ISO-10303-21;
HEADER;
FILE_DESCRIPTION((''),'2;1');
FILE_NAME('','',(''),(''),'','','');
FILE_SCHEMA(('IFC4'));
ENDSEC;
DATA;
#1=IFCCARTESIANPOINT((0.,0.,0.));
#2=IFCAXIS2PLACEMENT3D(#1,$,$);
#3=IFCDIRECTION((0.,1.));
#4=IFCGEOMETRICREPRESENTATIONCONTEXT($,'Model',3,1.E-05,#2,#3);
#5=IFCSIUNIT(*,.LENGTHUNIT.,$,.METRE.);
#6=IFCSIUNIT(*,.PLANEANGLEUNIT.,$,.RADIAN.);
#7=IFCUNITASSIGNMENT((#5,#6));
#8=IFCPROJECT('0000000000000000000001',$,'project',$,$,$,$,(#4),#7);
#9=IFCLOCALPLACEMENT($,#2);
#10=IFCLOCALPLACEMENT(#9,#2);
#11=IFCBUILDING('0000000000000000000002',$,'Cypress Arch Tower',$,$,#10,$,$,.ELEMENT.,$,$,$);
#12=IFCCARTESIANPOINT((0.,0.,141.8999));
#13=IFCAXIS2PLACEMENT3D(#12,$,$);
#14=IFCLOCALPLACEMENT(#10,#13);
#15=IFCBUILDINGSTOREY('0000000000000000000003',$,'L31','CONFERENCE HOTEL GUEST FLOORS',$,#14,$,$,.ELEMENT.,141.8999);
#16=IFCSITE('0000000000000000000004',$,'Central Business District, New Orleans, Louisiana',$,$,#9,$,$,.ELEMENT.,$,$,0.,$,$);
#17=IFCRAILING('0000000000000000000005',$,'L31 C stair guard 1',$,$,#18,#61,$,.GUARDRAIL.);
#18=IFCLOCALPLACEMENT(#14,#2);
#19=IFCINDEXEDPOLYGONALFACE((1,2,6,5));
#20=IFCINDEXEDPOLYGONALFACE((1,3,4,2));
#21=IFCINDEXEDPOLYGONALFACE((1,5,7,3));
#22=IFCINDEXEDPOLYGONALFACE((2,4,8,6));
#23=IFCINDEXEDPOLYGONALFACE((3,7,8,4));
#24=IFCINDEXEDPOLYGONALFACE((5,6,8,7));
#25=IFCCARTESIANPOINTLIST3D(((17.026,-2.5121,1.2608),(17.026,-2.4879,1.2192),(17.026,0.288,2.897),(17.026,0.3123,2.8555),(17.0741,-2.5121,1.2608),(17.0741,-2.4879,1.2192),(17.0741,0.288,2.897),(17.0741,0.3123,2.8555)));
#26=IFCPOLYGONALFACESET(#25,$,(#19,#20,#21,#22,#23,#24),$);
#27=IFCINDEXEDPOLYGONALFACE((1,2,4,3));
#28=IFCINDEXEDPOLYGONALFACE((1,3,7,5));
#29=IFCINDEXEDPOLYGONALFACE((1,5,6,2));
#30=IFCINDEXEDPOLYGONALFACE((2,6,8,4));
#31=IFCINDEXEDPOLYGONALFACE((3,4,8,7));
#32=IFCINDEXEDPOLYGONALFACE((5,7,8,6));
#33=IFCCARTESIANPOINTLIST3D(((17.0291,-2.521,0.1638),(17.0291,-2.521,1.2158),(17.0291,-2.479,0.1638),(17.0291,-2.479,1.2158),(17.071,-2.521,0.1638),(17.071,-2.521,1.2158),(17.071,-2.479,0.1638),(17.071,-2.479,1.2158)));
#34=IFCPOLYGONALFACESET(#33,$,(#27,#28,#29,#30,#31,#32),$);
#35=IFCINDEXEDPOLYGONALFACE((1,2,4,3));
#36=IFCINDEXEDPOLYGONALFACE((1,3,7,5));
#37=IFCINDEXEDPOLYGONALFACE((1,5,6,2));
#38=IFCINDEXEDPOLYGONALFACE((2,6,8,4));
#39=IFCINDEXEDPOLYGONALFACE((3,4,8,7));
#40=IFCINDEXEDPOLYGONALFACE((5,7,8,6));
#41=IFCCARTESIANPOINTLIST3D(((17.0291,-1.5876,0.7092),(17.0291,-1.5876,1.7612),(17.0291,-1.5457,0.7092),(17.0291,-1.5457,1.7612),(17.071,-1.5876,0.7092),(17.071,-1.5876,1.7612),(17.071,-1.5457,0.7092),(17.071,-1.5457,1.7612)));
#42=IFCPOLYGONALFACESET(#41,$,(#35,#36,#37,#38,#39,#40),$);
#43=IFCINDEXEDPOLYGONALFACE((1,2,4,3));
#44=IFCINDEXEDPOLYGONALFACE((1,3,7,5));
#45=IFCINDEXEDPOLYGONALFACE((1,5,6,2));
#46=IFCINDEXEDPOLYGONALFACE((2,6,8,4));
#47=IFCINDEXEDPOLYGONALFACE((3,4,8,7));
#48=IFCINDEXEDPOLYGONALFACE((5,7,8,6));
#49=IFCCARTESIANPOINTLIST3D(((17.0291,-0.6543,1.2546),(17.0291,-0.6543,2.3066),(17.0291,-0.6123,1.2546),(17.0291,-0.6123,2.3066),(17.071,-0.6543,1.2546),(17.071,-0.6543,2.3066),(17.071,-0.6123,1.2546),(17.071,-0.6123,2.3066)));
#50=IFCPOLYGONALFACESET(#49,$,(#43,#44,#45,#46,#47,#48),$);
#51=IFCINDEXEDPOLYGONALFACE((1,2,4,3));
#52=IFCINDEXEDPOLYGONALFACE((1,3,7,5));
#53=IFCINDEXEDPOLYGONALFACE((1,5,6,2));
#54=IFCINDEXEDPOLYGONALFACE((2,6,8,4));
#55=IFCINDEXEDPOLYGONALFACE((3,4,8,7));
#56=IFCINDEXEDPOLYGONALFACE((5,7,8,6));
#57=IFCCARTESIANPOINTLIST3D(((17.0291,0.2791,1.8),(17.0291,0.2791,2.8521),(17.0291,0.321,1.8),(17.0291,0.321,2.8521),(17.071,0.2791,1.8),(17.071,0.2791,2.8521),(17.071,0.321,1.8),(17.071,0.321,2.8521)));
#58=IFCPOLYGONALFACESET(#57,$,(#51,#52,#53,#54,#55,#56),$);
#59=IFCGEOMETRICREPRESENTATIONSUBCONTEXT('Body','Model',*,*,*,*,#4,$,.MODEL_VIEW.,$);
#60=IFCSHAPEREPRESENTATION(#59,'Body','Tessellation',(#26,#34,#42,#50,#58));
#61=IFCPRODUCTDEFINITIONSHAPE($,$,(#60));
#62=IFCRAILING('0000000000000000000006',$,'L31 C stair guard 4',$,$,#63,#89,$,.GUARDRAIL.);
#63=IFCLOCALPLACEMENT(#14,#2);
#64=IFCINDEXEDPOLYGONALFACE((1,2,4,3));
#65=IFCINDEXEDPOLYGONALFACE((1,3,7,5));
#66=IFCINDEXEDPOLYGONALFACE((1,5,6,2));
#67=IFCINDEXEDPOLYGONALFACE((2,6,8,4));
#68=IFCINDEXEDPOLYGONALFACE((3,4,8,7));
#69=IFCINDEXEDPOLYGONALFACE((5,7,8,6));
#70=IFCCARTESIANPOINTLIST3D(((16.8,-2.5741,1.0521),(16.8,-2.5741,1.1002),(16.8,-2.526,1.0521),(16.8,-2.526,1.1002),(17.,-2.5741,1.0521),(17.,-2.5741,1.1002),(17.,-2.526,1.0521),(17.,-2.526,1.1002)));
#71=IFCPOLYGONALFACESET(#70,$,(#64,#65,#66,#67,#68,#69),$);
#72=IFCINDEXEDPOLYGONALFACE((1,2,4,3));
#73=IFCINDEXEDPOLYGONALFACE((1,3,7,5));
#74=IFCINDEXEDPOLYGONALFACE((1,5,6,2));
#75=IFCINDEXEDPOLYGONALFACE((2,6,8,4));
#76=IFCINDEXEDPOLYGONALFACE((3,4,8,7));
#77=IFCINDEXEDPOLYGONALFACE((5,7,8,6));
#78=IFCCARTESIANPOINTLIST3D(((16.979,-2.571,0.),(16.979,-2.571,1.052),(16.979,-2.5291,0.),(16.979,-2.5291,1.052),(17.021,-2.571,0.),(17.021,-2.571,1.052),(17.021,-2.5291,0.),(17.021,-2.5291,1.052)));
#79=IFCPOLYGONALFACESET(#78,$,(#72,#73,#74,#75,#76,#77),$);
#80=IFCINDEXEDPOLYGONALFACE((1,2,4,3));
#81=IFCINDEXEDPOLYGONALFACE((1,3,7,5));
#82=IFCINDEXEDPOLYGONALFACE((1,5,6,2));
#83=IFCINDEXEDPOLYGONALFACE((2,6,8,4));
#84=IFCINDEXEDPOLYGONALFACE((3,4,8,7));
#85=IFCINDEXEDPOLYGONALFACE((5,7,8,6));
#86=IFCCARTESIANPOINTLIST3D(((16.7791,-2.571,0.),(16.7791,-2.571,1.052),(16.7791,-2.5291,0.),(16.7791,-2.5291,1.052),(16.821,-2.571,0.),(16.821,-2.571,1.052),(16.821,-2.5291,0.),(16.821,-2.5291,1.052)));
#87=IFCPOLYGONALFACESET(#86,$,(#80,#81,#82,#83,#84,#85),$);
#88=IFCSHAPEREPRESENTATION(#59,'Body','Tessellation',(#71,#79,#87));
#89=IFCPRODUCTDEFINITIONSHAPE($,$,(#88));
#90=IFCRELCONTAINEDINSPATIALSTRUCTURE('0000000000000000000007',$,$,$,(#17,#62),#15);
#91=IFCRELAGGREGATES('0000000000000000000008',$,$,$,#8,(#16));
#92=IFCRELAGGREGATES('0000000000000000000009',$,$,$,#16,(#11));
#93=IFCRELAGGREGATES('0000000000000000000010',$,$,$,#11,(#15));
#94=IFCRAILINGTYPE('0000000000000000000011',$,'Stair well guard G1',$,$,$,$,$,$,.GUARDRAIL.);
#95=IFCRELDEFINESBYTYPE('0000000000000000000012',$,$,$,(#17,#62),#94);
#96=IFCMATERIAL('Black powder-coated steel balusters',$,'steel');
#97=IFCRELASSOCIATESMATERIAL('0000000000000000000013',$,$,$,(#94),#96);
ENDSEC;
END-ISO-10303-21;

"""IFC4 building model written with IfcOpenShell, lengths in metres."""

from ifc_helpers import new_model, si_unit, direction, frame, origin, origin_2d, place, context, subcontext, project, spatial, rectangle, extrude, material, type_object, element, save


model = new_model("IFC4")

# Units and contexts
model_context = context("Model", 3, precision=1e-05, world=origin(), true_north=direction((0.0, 1.0)))
body_context = subcontext(model_context, "Body", "Model", "MODEL_VIEW")
ifc_project = project(units=[si_unit("LENGTHUNIT", "METRE"), si_unit("PLANEANGLEUNIT", "RADIAN")], contexts=[model_context])

# Site, building, storey
site_placement = place(None, origin())
site = spatial("IfcSite", under=ifc_project, at=site_placement, Name="Central Business District, New Orleans, Louisiana", CompositionType="ELEMENT", RefElevation=0.0)
building_placement = place(site_placement, origin())
building = spatial("IfcBuilding", under=site, at=building_placement, Name="Cypress Arch Tower", CompositionType="ELEMENT")
storey_placement = place(building_placement, frame((0.0, 0.0, 141.8999)))
storey = spatial("IfcBuildingStorey", under=building, at=storey_placement, Name="L31", Description="CONFERENCE HOTEL GUEST FLOORS", CompositionType="ELEMENT", Elevation=141.8999)

# Railings
ifc_material_1 = material(Name="Black powder-coated steel balusters", Category="steel")
railing_type_1 = type_object("IfcRailingType", Name="Stair well guard G1", PredefinedType="GUARDRAIL", material=ifc_material_1)
railing_1_placement = place(storey_placement, frame((17.05, -2.5, 0.1638)))
element("IfcRailing", 1, at=railing_1_placement, inside=storey, type_object=railing_type_1, Name="L31 C stair guard 1", PredefinedType="GUARDRAIL", context=body_context, shape_type="SweptSolid", body=[
    extrude(rectangle(XDim=0.0481, YDim=0.0481, at=origin_2d()), frame((0.0, 0.0, 1.0762), z_axis=(0.0, 0.863394, 0.504531), x_axis=(-1.0, 0.0, 0.0)), (0.0, 0.0, 1.0), 3.2432),
    extrude(rectangle(XDim=0.042, YDim=0.042, at=origin_2d()), origin(), (0.0, 0.0, 1.0), 1.052),
    extrude(rectangle(XDim=0.042, YDim=0.042, at=origin_2d()), frame((0.0, 0.9333, 0.5454)), (0.0, 0.0, 1.0), 1.052),
    extrude(rectangle(XDim=0.042, YDim=0.042, at=origin_2d()), frame((0.0, 1.8667, 1.0908)), (0.0, 0.0, 1.0), 1.052),
    extrude(rectangle(XDim=0.042, YDim=0.042, at=origin_2d()), frame((0.0, 2.8, 1.6362)), (0.0, 0.0, 1.0), 1.052),
])
railing_2_placement = place(storey_placement, frame((17.0, -2.55, 0.0)))
element("IfcRailing", 2, at=railing_2_placement, inside=storey, type_object=railing_type_1, Name="L31 C stair guard 4", PredefinedType="GUARDRAIL", context=body_context, shape_type="SweptSolid", body=[
    extrude(rectangle(XDim=0.0481, YDim=0.0481, at=origin_2d()), frame((0.0, 0.0, 1.0762), z_axis=(-1.0, 0.0, 0.0), x_axis=(0.0, -1.0, 0.0)), (0.0, 0.0, 1.0), 0.2),
    extrude(rectangle(XDim=0.042, YDim=0.042, at=origin_2d()), origin(), (0.0, 0.0, 1.0), 1.052),
    extrude(rectangle(XDim=0.042, YDim=0.042, at=origin_2d()), frame((-0.2, 0.0, 0.0)), (0.0, 0.0, 1.0), 1.052),
])

save(model, "model.ifc")
